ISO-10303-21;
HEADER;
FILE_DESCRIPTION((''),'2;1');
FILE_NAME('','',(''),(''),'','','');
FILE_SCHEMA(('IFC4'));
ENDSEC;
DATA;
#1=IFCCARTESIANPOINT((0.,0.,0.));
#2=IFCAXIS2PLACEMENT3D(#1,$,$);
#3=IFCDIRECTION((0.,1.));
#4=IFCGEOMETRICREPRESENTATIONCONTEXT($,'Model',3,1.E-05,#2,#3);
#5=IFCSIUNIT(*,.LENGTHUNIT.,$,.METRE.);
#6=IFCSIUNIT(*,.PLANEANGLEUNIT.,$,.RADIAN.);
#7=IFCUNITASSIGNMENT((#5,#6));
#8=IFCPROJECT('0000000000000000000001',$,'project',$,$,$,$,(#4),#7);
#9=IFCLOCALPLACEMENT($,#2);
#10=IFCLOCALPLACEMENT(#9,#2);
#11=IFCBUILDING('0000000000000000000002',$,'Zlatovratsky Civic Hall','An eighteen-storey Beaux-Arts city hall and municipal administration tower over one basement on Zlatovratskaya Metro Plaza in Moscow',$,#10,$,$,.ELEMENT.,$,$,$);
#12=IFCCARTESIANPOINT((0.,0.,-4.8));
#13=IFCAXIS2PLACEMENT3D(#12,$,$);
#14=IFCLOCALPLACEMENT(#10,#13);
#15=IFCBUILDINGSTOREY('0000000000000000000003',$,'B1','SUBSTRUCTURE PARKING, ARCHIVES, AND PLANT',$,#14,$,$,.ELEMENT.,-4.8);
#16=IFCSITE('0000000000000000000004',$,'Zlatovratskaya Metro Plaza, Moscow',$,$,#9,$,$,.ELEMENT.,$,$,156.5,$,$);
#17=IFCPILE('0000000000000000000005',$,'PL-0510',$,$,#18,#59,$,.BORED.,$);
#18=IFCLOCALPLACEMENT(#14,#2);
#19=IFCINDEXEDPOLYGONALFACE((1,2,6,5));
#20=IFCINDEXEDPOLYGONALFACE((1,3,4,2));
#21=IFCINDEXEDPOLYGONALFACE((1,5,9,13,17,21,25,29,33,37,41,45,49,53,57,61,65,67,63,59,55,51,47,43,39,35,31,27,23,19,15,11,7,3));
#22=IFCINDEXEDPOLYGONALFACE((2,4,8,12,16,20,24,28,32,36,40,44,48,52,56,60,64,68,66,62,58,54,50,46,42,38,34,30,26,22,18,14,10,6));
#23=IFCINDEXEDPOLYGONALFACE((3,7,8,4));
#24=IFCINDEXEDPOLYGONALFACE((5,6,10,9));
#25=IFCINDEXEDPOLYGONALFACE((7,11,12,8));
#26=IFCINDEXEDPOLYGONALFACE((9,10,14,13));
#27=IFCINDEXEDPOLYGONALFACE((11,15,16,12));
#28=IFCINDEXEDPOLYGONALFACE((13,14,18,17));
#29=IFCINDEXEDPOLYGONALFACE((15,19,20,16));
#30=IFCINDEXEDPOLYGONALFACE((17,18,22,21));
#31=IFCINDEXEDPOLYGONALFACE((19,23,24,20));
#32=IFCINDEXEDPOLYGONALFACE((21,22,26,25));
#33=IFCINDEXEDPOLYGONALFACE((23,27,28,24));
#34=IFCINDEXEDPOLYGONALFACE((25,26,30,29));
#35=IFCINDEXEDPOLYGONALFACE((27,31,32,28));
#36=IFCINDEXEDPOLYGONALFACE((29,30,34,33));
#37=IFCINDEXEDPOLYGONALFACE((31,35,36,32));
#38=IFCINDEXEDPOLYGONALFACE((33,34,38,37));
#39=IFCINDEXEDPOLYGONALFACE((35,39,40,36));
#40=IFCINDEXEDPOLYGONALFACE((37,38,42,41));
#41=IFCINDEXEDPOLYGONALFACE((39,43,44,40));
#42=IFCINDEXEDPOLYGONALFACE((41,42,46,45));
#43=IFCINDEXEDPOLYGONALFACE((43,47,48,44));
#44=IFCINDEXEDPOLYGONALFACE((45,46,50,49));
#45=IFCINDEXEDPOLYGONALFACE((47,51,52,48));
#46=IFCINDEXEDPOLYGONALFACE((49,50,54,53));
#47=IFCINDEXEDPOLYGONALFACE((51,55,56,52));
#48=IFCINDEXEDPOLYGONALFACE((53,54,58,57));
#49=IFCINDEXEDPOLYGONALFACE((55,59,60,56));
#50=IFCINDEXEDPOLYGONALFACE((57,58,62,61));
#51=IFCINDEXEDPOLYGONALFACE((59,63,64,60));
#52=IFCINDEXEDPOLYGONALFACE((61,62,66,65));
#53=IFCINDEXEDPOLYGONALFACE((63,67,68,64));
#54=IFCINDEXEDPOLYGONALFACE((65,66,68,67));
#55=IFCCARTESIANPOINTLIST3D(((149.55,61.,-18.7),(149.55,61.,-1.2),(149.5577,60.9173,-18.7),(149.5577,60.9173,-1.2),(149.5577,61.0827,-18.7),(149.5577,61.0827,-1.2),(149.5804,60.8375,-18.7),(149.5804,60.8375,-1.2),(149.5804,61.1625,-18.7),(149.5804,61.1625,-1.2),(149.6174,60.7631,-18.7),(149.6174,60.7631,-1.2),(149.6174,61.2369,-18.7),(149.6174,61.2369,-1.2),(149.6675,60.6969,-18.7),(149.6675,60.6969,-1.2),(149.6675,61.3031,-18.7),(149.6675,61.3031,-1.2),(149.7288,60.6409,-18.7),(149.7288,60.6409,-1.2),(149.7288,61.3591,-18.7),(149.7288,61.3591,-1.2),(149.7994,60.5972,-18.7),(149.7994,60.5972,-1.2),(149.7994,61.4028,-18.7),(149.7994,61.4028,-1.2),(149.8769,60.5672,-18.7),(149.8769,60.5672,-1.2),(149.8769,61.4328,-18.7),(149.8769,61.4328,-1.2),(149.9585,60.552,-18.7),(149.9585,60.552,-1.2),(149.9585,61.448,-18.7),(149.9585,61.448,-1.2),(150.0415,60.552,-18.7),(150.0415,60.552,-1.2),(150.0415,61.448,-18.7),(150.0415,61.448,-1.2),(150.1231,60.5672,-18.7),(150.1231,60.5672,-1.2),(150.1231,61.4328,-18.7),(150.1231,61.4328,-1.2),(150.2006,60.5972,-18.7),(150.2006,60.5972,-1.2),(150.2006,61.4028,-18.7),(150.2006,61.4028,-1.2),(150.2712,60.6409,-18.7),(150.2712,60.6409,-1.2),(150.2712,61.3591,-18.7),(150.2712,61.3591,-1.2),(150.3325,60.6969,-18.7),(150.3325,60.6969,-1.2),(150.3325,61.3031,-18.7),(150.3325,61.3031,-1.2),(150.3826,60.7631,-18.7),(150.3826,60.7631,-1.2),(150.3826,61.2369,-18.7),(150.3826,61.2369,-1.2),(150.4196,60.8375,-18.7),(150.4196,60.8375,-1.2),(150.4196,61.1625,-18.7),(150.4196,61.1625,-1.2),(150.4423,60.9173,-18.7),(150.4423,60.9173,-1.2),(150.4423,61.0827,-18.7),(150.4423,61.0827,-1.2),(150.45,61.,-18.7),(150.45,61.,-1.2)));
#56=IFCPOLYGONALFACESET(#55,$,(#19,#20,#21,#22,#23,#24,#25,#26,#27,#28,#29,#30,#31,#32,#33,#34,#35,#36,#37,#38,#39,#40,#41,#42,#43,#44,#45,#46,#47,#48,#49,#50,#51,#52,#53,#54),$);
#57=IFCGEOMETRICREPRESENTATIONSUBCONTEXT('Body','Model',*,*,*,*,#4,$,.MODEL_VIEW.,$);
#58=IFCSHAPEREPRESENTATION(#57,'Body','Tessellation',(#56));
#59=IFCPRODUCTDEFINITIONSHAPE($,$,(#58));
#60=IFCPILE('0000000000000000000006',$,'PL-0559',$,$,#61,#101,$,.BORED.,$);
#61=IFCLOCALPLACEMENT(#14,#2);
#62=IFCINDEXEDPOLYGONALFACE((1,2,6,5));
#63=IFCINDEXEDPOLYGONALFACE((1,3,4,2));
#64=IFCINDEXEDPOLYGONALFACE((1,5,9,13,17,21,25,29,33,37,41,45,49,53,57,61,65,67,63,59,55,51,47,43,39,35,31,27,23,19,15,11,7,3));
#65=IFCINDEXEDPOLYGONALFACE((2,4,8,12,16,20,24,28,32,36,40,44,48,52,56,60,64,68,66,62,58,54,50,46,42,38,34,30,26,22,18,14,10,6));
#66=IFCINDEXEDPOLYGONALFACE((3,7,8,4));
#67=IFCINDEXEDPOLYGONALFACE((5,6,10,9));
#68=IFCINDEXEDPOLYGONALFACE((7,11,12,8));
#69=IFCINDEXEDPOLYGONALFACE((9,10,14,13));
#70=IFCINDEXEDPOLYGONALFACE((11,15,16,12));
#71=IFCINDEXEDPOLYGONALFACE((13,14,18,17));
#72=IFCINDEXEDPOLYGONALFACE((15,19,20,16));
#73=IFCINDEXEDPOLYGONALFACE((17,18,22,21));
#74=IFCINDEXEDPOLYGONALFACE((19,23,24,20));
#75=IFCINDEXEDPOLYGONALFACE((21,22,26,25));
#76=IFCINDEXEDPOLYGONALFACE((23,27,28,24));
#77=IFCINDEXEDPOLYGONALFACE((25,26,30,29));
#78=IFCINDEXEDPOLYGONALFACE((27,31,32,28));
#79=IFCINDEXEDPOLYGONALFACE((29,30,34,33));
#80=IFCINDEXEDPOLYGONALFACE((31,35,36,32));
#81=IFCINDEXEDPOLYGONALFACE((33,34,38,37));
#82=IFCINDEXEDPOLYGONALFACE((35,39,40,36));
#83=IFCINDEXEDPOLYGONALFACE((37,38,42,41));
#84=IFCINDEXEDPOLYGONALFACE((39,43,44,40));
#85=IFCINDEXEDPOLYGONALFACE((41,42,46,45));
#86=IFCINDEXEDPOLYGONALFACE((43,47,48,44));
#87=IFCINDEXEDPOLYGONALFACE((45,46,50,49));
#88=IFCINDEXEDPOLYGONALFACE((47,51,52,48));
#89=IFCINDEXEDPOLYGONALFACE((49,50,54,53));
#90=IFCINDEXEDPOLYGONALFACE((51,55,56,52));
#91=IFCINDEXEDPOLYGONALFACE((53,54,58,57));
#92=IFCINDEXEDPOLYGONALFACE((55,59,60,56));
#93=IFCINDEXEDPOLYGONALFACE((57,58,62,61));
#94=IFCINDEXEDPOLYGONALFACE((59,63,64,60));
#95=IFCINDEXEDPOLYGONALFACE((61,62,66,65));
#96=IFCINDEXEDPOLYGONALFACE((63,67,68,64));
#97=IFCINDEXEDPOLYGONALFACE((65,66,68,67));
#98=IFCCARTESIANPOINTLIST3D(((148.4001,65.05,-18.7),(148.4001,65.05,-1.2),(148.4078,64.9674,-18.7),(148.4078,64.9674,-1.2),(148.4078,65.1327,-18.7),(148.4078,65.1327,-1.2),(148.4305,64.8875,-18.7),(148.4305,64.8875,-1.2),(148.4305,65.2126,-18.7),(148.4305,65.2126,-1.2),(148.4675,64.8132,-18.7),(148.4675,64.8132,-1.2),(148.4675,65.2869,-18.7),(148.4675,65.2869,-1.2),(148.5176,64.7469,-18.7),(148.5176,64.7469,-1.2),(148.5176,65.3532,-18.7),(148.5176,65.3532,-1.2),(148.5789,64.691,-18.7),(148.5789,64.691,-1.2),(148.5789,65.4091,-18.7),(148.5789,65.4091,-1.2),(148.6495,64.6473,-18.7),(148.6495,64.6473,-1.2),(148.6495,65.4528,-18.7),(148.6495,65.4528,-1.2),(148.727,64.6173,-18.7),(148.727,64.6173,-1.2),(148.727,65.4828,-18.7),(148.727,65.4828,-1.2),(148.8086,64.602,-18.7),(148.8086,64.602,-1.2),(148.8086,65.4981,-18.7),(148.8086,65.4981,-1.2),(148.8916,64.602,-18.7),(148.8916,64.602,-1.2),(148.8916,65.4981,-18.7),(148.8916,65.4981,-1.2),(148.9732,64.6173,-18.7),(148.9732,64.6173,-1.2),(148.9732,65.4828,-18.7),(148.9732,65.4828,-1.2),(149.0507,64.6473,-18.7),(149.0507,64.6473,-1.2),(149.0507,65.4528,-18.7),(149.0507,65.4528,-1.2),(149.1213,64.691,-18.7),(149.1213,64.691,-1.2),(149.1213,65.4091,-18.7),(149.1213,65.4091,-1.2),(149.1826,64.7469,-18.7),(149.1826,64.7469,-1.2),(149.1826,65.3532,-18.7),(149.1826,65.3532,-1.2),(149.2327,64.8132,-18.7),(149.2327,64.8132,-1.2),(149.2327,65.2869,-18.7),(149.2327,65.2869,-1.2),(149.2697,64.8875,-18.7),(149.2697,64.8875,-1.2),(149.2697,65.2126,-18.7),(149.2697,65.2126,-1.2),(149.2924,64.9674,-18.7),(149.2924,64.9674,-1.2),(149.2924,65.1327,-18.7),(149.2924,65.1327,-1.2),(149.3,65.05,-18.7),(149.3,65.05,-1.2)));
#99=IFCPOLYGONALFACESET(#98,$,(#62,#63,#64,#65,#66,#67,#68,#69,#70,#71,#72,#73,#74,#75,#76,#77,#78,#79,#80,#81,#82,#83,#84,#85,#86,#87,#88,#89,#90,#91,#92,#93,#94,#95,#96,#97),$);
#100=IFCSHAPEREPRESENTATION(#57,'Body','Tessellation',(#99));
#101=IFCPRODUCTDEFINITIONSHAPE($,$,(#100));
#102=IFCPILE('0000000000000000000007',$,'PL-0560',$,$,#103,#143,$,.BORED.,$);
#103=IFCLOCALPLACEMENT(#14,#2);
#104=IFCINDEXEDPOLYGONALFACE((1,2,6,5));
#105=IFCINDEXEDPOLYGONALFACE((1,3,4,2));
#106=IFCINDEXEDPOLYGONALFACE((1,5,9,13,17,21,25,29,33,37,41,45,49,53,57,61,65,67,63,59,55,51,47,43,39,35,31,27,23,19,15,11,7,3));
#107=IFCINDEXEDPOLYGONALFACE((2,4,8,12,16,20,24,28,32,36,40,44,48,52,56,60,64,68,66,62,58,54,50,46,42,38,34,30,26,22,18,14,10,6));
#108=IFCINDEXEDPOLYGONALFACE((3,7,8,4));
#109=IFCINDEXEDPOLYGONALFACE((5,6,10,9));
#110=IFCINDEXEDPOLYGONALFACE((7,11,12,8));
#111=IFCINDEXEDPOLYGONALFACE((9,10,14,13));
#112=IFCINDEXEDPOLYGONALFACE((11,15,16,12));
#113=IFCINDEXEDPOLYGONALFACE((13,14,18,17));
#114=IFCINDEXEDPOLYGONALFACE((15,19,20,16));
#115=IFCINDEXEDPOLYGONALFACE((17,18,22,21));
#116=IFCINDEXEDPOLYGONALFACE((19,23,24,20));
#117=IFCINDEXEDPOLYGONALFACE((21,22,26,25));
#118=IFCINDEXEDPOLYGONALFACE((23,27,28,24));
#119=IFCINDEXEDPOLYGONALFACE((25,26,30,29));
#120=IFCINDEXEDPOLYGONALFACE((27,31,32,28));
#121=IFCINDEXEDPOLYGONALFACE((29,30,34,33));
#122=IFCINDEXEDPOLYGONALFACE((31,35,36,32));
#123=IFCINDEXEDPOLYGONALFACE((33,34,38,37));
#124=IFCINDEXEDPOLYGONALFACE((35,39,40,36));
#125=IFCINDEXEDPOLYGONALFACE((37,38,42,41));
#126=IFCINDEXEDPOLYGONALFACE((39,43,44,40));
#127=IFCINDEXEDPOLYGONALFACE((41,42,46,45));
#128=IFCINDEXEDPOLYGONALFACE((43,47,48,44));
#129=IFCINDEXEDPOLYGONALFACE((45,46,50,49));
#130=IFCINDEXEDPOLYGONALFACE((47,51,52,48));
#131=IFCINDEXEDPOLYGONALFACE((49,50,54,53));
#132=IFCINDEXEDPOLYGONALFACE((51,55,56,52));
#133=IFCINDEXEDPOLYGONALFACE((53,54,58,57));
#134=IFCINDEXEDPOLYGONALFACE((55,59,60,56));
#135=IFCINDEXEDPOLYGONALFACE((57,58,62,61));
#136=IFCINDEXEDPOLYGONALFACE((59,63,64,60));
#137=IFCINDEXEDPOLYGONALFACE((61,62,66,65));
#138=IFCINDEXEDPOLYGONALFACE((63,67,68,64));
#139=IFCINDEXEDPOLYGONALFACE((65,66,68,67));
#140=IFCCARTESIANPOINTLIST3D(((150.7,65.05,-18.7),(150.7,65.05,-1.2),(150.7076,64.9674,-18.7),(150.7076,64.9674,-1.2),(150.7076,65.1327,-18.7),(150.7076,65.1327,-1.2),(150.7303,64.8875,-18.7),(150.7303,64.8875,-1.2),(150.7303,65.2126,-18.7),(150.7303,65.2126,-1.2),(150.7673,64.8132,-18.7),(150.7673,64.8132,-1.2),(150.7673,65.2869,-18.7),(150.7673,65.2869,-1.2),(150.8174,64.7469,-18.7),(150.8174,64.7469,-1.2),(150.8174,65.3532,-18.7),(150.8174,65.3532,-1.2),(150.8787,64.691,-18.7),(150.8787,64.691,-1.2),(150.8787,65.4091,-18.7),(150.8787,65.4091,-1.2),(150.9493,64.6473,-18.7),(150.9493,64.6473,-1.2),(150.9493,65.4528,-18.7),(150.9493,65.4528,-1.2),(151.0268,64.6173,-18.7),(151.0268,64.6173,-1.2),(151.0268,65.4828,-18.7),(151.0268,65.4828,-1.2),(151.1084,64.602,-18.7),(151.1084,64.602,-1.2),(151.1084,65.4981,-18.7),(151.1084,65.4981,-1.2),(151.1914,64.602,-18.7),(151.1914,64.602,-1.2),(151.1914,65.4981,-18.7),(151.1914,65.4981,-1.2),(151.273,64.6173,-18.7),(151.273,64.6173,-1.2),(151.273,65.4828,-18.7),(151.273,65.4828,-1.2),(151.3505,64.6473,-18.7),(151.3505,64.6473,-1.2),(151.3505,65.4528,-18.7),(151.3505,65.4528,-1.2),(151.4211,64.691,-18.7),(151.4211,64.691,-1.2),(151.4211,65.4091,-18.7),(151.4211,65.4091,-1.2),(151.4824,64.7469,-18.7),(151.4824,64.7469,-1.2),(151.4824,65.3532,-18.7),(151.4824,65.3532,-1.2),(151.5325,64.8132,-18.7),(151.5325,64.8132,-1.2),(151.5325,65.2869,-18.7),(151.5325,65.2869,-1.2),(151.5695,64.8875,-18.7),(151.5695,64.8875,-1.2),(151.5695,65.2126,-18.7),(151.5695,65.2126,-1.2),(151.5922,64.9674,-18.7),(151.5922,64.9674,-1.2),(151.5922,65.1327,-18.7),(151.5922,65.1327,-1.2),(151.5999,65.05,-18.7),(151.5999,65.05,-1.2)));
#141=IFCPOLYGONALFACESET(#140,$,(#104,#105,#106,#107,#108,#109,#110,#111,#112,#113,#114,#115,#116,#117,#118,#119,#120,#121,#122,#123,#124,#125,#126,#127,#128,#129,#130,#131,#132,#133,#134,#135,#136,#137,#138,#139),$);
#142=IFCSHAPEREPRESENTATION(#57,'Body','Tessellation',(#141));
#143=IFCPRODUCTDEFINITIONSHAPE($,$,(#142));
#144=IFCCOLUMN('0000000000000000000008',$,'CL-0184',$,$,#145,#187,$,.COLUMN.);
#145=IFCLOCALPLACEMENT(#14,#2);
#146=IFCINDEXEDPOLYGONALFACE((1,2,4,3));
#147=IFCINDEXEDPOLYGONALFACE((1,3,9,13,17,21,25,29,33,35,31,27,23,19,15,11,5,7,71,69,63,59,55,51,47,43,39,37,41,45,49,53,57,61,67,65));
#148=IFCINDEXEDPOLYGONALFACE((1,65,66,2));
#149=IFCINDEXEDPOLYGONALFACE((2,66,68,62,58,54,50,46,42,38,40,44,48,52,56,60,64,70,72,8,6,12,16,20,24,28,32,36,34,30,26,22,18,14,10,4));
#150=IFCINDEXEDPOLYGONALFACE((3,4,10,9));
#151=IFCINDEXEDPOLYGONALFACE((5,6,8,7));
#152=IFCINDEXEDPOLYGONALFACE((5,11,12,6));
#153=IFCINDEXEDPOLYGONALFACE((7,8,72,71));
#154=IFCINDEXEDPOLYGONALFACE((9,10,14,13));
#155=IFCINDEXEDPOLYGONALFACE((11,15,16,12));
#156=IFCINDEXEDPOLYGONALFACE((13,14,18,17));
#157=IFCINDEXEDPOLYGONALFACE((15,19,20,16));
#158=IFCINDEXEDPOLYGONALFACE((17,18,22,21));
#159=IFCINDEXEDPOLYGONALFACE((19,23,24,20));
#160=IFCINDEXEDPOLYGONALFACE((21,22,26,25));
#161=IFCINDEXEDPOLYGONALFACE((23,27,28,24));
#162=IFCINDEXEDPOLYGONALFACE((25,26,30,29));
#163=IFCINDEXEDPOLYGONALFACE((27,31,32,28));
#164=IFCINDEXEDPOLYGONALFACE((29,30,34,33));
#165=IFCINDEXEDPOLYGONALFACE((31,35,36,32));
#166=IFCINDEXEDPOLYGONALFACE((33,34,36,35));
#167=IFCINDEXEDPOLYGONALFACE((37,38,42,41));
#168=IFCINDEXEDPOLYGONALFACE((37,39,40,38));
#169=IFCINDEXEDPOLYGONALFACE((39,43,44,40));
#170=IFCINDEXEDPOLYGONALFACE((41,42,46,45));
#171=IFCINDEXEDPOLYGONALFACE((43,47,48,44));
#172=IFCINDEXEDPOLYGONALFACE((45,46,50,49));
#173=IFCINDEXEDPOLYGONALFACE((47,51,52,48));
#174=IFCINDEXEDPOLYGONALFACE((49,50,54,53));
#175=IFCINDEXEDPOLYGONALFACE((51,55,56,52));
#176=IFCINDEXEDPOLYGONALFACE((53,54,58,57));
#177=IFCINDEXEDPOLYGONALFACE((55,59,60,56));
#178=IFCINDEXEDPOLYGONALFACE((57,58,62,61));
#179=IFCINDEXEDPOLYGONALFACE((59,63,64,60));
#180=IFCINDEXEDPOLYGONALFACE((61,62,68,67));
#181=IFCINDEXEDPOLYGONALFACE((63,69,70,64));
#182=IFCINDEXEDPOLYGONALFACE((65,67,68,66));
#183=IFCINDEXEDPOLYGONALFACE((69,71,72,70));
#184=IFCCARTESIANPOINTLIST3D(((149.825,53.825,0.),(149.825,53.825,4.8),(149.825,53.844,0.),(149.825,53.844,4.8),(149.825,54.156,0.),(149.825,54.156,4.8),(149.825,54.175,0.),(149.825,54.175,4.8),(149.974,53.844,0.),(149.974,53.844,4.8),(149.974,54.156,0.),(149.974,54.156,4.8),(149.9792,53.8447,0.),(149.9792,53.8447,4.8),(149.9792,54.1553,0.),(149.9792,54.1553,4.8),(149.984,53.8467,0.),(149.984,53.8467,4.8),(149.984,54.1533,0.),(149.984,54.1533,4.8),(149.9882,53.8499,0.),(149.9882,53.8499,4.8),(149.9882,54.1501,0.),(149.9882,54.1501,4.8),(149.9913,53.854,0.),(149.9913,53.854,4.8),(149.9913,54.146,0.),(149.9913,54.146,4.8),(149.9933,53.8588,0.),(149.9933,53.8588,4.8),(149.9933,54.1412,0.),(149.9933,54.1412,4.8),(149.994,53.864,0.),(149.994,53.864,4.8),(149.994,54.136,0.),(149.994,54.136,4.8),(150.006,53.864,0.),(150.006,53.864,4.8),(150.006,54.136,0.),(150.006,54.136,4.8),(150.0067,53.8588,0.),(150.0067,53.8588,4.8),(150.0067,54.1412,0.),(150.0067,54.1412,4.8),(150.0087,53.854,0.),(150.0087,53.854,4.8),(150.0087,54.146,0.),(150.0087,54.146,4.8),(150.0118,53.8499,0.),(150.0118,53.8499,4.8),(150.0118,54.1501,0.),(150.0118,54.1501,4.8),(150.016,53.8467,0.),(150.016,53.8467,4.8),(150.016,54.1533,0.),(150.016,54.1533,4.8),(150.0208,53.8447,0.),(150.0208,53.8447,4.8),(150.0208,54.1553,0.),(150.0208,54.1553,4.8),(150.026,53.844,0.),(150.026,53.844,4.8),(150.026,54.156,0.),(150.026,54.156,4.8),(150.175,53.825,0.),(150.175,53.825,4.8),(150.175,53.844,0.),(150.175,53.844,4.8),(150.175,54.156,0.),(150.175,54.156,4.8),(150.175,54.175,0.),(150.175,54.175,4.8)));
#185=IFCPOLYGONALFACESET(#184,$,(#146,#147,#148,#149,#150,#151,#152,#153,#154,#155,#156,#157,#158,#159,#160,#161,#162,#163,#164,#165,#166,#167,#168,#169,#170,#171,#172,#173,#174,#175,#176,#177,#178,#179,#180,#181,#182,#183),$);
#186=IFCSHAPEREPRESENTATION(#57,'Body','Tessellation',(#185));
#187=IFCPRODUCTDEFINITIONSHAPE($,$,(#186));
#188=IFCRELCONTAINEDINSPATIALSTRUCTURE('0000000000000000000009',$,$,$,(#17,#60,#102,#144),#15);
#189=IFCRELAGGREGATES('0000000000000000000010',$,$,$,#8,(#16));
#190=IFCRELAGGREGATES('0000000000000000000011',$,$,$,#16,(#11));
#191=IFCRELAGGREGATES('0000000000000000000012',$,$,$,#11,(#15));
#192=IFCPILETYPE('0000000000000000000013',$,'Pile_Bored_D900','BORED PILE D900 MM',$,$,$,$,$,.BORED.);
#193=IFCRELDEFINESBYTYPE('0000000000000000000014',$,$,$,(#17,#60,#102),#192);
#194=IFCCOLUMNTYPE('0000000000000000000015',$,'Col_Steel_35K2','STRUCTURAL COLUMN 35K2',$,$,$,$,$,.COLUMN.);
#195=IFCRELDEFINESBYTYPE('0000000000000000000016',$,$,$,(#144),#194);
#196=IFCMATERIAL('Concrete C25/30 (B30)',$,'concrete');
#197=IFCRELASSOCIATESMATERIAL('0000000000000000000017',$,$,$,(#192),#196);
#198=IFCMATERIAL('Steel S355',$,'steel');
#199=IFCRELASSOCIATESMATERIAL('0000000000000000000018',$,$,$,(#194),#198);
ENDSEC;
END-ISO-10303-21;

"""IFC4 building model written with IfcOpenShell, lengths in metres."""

from ifc_helpers import new_model, si_unit, direction, frame, origin, origin_2d, place, context, subcontext, project, spatial, circle, i_section, extrude, material, material_profile, profile_set, type_object, element, save


model = new_model("IFC4")

# Units and contexts
model_context = context("Model", 3, precision=1e-05, world=origin(), true_north=direction((0.0, 1.0)))
body_context = subcontext(model_context, "Body", "Model", "MODEL_VIEW")
ifc_project = project(units=[si_unit("LENGTHUNIT", "METRE"), si_unit("PLANEANGLEUNIT", "RADIAN")], contexts=[model_context])

# Site, building, storey
site_placement = place(None, origin())
site = spatial("IfcSite", under=ifc_project, at=site_placement, Name="Zlatovratskaya Metro Plaza, Moscow", CompositionType="ELEMENT", RefElevation=156.5)
building_placement = place(site_placement, origin())
building = spatial("IfcBuilding", under=site, at=building_placement, Name="Zlatovratsky Civic Hall", Description="An eighteen-storey Beaux-Arts city hall and municipal administration tower over one basement on Zlatovratskaya Metro Plaza in Moscow", CompositionType="ELEMENT")
storey_placement = place(building_placement, frame((0.0, 0.0, -4.8)))
storey = spatial("IfcBuildingStorey", under=building, at=storey_placement, Name="B1", Description="SUBSTRUCTURE PARKING, ARCHIVES, AND PLANT", CompositionType="ELEMENT", Elevation=-4.8)

# Shared definitions
ifc_material_1 = material(Name="Concrete C25/30 (B30)", Category="concrete")

# Piles
ifc_material_profile_1 = material_profile(ifc_material_1, circle(Radius=0.45, at=origin_2d()), Name="PILE D900")
ifc_profile_set_1 = profile_set([ifc_material_profile_1], Name="Concrete C25/30 (B30)")
pile_type_1 = type_object("IfcPileType", Name="Pile_Bored_D900", Description="BORED PILE D900 MM", PredefinedType="BORED", material=ifc_profile_set_1)
for number, where, z_axis, x_axis, name in (
    (1, (150.0, 61.0, -1.2), (0.0, 0.0, -1.0), (1.0, 0.0, 0.0), "PL-0510"),
    (2, (148.8501, 65.05, -1.2), (0.0, 0.0, -1.0), (1.0, 0.0, 0.0), "PL-0559"),
    (3, (151.1499, 65.05, -1.2), (0.0, 0.0, -1.0), (1.0, 0.0, 0.0), "PL-0560"),
):
    element("IfcPile", number, at=place(storey_placement, frame(where, z_axis=z_axis, x_axis=x_axis)), inside=storey, type_object=pile_type_1, Name=name, PredefinedType="BORED", context=body_context, shape_type="SweptSolid", body=[
        extrude(circle(Radius=0.45, at=origin_2d()), origin(), (0.0, 0.0, 1.0), 17.5),
    ])

# Column
ifc_material_2 = material(Name="Steel S355", Category="steel")
ifc_material_profile_2 = material_profile(ifc_material_2, i_section(OverallWidth=0.3501, OverallDepth=0.3501, WebThickness=0.012, FlangeThickness=0.019, FilletRadius=0.02, at=origin_2d()), Name="35K2")
ifc_profile_set_2 = profile_set([ifc_material_profile_2], Name="Steel S355")
column_type = type_object("IfcColumnType", Name="Col_Steel_35K2", Description="STRUCTURAL COLUMN 35K2", PredefinedType="COLUMN", material=ifc_profile_set_2)
for number, where, z_axis, x_axis, name in (
    (4, (150.0, 54.0, 0.0), (0.0, 0.0, 1.0), (1.0, 0.0, 0.0), "CL-0184"),
):
    element("IfcColumn", number, at=place(storey_placement, frame(where, z_axis=z_axis, x_axis=x_axis)), inside=storey, type_object=column_type, Name=name, PredefinedType="COLUMN", context=body_context, shape_type="SweptSolid", body=[
        extrude(i_section(OverallWidth=0.3501, OverallDepth=0.3501, WebThickness=0.012, FlangeThickness=0.019, FilletRadius=0.02, at=origin_2d()), origin(), (0.0, 0.0, 1.0), 4.8),
    ])

save(model, "model.ifc")
